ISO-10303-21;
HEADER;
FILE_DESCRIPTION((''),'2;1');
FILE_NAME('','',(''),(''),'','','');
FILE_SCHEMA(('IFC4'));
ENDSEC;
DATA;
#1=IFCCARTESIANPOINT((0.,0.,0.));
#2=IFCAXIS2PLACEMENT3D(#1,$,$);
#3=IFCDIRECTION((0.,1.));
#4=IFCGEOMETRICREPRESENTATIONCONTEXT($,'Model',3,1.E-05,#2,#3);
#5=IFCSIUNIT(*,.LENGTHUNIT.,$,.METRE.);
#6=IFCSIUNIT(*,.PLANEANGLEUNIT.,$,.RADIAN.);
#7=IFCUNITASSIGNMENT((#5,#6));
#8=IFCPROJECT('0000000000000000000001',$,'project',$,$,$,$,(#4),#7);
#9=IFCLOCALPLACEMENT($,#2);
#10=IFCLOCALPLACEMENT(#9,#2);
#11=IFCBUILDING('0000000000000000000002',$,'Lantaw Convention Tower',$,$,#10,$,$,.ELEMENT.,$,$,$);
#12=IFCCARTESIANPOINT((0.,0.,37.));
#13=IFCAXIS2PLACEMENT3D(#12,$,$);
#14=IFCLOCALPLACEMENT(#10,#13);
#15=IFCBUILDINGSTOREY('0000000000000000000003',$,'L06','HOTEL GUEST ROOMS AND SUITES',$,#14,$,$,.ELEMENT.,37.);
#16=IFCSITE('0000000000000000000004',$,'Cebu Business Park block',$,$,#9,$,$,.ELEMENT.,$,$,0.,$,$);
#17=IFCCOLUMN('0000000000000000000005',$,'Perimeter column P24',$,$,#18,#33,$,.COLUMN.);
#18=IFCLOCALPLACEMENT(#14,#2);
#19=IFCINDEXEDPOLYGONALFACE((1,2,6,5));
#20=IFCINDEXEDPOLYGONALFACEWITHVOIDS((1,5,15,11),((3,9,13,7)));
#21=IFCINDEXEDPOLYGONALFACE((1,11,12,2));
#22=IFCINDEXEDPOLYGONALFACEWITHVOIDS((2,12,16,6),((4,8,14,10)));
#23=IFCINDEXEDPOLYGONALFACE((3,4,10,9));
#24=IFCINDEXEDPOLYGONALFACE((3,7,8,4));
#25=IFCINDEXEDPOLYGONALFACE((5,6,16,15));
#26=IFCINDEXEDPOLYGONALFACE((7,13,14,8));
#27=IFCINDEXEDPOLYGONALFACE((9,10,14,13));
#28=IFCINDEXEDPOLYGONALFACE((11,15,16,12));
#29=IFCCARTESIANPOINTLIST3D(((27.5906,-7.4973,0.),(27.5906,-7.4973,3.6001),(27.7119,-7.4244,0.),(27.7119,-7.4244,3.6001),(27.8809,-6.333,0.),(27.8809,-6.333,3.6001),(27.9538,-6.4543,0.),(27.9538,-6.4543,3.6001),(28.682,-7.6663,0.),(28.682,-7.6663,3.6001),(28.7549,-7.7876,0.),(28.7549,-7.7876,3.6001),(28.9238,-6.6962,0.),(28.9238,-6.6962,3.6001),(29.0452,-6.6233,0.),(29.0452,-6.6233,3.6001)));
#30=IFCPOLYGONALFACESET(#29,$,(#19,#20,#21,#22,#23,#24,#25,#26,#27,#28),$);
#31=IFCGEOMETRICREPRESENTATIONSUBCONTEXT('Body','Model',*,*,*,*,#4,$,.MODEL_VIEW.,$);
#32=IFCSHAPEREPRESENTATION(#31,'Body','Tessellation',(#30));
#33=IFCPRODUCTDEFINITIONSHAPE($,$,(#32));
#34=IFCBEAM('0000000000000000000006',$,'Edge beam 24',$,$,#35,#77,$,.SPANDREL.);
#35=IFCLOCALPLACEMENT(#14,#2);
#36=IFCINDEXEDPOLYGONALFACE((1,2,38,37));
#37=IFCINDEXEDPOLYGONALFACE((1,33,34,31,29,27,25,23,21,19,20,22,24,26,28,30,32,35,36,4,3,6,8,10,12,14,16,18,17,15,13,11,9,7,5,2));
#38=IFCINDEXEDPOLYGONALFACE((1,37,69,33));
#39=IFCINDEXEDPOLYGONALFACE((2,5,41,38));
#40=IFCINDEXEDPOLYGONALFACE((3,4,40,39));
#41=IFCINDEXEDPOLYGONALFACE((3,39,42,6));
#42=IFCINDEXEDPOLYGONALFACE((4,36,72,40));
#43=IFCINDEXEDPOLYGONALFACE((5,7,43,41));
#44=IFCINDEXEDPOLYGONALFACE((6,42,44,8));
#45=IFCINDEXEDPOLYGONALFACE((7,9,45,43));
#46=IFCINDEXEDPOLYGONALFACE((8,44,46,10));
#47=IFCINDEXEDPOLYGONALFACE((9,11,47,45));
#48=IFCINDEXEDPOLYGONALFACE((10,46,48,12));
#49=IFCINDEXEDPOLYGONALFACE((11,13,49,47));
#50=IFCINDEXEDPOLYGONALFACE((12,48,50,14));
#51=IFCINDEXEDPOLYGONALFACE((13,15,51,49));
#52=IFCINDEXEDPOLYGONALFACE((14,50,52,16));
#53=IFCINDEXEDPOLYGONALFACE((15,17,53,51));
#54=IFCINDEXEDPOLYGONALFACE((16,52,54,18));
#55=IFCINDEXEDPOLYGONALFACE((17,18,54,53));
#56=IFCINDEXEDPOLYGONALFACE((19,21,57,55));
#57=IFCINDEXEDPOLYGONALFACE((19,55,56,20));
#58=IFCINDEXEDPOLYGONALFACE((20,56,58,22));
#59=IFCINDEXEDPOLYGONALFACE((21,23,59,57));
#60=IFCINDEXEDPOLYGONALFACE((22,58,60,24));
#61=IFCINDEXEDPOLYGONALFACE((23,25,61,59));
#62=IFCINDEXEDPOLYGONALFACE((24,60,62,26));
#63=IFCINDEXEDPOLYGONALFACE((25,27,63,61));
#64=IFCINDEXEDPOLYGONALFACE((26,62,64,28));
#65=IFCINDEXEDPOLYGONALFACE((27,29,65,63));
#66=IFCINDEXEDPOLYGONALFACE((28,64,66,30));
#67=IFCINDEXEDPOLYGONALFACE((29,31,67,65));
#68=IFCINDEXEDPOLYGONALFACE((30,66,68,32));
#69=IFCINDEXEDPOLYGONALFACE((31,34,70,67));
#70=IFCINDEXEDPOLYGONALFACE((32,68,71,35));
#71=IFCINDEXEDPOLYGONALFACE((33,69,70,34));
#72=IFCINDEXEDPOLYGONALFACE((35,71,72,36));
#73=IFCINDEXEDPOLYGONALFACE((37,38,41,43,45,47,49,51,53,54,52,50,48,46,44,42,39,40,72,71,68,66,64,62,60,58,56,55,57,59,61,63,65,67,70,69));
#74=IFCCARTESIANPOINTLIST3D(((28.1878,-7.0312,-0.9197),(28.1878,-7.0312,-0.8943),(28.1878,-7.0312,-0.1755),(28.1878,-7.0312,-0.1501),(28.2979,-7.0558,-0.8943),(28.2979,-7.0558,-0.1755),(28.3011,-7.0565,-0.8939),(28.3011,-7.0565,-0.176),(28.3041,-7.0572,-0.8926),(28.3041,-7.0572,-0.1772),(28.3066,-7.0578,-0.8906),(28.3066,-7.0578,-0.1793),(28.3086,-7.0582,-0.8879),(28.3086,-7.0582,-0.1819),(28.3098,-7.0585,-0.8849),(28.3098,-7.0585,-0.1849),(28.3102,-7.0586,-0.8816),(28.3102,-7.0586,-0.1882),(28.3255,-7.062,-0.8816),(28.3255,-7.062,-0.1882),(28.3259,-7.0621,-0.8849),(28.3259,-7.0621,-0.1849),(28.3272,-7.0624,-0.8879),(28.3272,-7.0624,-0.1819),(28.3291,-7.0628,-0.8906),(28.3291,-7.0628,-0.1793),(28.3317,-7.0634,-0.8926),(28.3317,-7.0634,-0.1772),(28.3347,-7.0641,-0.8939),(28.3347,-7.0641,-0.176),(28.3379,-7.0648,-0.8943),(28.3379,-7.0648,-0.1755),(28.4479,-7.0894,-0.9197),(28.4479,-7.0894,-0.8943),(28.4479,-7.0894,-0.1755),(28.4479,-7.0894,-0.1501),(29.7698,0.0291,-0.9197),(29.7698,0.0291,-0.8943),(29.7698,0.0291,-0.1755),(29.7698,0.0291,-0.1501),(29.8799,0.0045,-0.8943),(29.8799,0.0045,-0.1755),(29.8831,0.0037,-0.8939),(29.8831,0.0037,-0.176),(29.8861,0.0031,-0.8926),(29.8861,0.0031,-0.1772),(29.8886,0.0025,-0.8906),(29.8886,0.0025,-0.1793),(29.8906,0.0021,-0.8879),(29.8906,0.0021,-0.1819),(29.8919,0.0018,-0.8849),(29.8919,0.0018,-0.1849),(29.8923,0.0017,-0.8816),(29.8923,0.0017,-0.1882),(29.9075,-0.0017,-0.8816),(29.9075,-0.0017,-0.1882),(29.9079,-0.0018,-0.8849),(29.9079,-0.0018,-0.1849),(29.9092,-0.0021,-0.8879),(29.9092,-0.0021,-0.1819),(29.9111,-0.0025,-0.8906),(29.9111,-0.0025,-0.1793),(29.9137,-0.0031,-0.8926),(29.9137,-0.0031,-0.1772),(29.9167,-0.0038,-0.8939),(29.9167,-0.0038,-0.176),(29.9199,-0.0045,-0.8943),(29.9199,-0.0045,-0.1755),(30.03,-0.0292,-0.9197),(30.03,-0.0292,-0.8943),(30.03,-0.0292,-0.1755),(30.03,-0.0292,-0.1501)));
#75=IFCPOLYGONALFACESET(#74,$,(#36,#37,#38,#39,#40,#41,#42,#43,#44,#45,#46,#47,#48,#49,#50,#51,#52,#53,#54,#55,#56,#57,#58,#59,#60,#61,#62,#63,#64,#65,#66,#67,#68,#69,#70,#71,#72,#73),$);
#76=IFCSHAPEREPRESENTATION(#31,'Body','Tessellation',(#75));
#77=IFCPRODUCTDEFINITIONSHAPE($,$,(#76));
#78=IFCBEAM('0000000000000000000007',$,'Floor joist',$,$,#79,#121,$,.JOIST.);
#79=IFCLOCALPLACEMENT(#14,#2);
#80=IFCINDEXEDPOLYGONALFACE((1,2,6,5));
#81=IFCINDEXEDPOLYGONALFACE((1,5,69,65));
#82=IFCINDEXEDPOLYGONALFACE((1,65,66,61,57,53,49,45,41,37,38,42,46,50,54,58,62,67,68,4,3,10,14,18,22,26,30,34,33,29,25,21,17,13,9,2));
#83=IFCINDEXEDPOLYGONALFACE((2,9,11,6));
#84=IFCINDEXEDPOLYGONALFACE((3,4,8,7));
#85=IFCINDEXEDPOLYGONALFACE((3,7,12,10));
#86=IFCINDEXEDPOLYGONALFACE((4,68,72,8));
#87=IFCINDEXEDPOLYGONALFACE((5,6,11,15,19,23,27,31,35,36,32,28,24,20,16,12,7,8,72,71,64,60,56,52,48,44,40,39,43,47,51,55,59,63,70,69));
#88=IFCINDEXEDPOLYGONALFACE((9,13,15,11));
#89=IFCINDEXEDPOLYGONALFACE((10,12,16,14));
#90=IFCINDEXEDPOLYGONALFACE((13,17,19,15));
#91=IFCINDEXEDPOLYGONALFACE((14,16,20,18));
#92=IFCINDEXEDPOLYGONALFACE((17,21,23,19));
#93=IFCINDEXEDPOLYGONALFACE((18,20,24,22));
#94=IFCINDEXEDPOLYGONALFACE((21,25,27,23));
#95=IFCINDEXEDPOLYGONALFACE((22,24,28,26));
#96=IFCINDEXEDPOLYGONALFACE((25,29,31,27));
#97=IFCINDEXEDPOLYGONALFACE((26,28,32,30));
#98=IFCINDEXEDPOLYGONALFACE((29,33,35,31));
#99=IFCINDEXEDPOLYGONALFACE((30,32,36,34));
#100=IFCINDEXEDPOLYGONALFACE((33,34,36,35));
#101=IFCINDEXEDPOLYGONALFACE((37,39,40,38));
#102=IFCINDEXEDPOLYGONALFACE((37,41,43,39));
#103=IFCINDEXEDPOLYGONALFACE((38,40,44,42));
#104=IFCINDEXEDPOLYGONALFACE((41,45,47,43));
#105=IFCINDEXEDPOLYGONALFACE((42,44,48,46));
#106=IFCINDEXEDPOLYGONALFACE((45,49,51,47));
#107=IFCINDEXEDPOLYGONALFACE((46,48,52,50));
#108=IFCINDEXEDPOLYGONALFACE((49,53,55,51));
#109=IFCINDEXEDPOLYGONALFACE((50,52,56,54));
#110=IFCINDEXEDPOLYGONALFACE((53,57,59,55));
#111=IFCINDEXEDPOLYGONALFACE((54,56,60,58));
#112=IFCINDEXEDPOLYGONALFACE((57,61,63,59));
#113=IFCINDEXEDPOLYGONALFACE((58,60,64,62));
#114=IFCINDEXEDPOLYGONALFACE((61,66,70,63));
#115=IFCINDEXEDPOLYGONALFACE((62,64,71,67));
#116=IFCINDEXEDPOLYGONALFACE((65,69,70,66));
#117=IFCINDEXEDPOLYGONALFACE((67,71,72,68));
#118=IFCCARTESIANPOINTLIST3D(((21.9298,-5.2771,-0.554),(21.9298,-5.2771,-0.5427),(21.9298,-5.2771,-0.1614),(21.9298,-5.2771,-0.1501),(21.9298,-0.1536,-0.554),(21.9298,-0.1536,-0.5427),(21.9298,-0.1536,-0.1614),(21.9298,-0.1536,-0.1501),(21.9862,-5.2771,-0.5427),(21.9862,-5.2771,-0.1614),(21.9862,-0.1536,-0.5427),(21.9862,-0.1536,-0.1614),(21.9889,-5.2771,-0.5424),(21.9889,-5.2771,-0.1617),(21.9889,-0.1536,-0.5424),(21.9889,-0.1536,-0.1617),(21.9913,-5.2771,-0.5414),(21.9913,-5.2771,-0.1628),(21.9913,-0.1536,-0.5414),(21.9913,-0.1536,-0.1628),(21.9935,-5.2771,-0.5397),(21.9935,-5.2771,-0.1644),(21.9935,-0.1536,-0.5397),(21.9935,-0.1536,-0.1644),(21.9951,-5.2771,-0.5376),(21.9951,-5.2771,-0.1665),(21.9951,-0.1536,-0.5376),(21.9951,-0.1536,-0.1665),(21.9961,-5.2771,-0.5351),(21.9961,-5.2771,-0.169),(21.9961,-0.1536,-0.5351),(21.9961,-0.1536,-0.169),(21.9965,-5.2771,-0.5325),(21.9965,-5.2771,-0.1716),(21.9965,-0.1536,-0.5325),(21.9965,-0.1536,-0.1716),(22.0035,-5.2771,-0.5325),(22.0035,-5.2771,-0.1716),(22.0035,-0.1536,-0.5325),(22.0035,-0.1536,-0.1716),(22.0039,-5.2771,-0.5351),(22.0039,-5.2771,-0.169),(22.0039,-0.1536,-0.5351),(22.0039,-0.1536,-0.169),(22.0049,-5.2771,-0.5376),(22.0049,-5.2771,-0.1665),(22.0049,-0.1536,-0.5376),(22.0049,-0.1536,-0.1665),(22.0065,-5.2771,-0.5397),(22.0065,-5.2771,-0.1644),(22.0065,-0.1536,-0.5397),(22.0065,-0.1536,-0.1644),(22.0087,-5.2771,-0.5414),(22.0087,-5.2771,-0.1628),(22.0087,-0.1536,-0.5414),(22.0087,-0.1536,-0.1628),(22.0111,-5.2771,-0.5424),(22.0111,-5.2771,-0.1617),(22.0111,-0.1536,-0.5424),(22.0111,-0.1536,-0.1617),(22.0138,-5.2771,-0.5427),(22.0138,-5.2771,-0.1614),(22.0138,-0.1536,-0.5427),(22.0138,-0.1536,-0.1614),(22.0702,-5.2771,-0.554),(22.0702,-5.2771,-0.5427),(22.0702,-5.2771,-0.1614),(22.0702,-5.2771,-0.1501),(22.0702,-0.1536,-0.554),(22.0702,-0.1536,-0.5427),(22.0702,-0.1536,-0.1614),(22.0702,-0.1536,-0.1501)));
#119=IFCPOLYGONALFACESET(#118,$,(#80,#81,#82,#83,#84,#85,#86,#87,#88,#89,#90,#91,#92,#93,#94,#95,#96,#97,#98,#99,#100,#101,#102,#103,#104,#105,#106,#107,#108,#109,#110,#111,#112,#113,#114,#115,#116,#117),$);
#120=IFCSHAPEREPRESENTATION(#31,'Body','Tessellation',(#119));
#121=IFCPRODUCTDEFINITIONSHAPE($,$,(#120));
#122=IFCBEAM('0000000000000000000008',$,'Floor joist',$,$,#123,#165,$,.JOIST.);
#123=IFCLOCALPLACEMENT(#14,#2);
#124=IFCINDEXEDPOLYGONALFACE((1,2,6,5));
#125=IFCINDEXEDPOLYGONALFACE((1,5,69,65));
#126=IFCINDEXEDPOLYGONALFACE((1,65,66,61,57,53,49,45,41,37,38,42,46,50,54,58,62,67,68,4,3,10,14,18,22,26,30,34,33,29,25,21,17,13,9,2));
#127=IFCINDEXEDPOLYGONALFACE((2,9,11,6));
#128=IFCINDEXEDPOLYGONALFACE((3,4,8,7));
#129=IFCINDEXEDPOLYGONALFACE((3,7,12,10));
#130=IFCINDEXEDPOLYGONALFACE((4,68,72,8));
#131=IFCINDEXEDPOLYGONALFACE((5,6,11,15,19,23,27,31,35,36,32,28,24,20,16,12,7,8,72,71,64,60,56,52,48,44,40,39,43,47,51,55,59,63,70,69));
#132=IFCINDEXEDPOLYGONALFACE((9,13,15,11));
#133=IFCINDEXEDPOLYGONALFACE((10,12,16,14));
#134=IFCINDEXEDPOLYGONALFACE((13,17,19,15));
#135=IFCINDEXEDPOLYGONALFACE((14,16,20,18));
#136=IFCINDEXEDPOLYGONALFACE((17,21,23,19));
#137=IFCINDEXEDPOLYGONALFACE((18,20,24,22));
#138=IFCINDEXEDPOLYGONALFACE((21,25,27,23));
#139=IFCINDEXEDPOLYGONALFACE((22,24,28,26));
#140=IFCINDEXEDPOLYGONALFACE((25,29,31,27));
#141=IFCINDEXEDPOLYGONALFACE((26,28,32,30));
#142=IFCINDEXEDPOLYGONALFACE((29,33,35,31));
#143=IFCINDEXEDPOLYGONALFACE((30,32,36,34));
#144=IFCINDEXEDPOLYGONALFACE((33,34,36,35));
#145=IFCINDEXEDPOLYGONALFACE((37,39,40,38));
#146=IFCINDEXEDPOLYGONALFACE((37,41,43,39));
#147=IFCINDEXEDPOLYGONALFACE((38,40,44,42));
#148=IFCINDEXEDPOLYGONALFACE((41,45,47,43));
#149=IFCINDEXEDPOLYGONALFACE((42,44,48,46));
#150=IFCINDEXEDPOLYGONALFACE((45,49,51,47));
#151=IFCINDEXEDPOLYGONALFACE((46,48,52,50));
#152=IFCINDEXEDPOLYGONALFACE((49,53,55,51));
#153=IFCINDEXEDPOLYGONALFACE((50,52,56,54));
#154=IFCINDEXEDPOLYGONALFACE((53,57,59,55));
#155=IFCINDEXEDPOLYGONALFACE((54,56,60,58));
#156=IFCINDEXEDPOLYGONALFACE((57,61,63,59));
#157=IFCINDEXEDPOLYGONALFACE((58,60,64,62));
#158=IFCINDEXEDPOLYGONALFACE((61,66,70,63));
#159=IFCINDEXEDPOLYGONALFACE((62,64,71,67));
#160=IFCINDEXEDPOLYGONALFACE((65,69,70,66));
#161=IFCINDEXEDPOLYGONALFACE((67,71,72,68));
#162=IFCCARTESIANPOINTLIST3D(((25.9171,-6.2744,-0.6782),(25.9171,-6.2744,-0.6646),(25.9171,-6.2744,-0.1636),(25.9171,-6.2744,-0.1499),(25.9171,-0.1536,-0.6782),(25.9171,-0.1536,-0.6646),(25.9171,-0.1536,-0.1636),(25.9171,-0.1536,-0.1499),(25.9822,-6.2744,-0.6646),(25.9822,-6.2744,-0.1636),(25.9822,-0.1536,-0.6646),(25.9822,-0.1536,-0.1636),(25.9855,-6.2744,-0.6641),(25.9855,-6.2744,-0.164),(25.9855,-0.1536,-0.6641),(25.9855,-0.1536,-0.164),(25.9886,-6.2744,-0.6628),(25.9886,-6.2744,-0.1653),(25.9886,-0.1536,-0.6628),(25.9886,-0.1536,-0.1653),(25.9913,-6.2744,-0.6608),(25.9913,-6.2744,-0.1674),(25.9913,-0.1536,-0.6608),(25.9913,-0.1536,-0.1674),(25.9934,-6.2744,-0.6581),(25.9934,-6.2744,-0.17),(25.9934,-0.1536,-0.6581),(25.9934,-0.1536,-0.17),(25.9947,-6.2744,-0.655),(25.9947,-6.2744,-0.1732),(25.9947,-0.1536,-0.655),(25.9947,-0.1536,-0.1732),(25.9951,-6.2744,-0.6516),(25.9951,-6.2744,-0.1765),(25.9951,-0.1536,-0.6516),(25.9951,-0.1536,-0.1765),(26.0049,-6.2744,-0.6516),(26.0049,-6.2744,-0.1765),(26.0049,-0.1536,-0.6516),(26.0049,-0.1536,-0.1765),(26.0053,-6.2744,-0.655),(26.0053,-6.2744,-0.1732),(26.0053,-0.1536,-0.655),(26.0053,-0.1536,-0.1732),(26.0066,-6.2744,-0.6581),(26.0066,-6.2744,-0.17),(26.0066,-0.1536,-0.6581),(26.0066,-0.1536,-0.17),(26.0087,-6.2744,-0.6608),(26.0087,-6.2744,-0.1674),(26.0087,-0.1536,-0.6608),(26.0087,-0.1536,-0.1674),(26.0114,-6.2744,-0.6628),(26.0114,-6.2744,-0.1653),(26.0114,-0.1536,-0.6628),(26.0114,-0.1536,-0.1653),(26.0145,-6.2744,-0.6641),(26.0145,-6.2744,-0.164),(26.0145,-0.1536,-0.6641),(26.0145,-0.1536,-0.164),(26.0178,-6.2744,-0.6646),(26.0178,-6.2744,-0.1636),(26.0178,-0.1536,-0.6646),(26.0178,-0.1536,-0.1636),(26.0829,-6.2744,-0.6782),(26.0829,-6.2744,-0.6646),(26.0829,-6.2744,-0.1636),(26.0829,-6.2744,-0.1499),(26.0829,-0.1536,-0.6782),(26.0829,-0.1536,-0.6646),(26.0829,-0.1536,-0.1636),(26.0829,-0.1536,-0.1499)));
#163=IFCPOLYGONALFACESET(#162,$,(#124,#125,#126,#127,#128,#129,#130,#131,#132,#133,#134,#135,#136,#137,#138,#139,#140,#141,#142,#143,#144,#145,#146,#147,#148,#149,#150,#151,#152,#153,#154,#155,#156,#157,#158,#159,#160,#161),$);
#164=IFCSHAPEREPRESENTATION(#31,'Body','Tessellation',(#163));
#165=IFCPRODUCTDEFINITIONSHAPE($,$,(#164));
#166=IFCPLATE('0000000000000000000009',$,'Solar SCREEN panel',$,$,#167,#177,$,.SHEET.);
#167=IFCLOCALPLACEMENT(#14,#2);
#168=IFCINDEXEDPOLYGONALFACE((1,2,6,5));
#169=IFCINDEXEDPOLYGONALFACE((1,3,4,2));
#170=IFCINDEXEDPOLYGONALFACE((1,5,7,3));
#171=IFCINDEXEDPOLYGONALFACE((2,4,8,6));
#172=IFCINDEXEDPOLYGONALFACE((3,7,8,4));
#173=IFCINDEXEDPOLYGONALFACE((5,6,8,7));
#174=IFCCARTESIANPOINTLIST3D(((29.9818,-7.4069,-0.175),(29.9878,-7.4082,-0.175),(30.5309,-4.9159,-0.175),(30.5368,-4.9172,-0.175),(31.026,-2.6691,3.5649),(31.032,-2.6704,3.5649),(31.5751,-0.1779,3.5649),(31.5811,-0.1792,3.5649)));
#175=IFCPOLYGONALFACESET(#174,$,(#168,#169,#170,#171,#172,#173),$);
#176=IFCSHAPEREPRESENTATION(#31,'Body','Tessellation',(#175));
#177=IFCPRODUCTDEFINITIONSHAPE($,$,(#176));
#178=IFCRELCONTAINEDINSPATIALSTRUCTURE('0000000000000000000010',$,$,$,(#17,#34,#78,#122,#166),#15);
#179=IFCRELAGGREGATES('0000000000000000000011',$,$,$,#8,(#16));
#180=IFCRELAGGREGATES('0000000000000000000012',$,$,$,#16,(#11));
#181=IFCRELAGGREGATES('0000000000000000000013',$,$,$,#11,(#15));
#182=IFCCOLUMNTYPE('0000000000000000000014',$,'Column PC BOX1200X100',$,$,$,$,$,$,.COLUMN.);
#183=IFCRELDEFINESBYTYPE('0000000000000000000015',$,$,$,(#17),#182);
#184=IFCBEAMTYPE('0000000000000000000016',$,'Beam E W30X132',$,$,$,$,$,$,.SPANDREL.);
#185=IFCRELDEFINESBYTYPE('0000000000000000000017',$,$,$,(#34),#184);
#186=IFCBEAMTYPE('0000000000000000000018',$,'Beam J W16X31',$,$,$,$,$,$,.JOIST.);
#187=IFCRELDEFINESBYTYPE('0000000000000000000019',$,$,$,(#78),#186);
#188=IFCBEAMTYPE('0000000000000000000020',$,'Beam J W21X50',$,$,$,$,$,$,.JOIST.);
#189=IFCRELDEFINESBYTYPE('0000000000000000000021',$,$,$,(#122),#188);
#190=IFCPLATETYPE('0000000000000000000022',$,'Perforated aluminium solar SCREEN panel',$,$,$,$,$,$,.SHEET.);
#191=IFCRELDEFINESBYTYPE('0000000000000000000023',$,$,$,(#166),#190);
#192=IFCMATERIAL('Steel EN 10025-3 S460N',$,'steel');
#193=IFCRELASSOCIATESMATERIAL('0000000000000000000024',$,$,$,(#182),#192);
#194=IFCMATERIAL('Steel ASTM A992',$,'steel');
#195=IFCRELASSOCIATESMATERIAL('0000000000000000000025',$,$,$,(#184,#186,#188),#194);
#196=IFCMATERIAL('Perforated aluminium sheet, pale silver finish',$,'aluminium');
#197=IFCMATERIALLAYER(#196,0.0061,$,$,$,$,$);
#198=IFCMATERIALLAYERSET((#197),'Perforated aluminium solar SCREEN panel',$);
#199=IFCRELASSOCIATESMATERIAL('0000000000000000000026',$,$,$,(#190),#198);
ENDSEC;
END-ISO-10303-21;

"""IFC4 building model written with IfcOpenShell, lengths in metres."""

from ifc_helpers import new_model, si_unit, direction, frame, origin, origin_2d, place, context, subcontext, project, spatial, polyline, rectangle, hollow_rectangle, i_section, outline, extrude, material, layer, layer_set, material_profile, profile_set, type_object, element, save


model = new_model("IFC4")

# Units and contexts
model_context = context("Model", 3, precision=1e-05, world=origin(), true_north=direction((0.0, 1.0)))
body_context = subcontext(model_context, "Body", "Model", "MODEL_VIEW")
ifc_project = project(units=[si_unit("LENGTHUNIT", "METRE"), si_unit("PLANEANGLEUNIT", "RADIAN")], contexts=[model_context])

# Site, building, storey
site_placement = place(None, origin())
site = spatial("IfcSite", under=ifc_project, at=site_placement, Name="Cebu Business Park block", CompositionType="ELEMENT", RefElevation=0.0)
building_placement = place(site_placement, origin())
building = spatial("IfcBuilding", under=site, at=building_placement, Name="Lantaw Convention Tower", CompositionType="ELEMENT")
storey_placement = place(building_placement, frame((0.0, 0.0, 37.0)))
storey = spatial("IfcBuildingStorey", under=building, at=storey_placement, Name="L06", Description="HOTEL GUEST ROOMS AND SUITES", CompositionType="ELEMENT", Elevation=37.0)

# Column
ifc_material_1 = material(Name="Steel EN 10025-3 S460N", Category="steel")
ifc_material_profile_1 = material_profile(ifc_material_1, hollow_rectangle(XDim=1.2, YDim=1.2, WallThickness=0.1001, at=origin_2d()), Name="BOX1200X100")
ifc_material_2 = material(Name="Concrete C60/75", Category="concrete")
ifc_material_profile_2 = material_profile(ifc_material_2, rectangle(XDim=1.0, YDim=1.0, at=origin_2d()), Name="Concrete fill of BOX1200X100")
ifc_profile_set_1 = profile_set([ifc_material_profile_1, ifc_material_profile_2], Name="Steel EN 10025-3 S460N")
column_type = type_object("IfcColumnType", Name="Column PC BOX1200X100", PredefinedType="COLUMN", material=ifc_profile_set_1)
column_placement = place(storey_placement, frame((28.3179, -7.0603, 0.0), z_axis=(0.0, 0.0, 1.0), x_axis=(0.241922, 0.970296, 0.0)))
element("IfcColumn", 1, at=column_placement, inside=storey, type_object=column_type, Name="Perimeter column P24", PredefinedType="COLUMN", context=body_context, shape_type="SweptSolid", body=[
    extrude(hollow_rectangle(XDim=1.2, YDim=1.2, WallThickness=0.1001, at=origin_2d()), origin(), (0.0, 0.0, 1.0), 3.6001),
])

# Beams
ifc_material_3 = material(Name="Steel ASTM A992", Category="steel")
ifc_material_profile_3 = material_profile(ifc_material_3, i_section(OverallWidth=0.2666, OverallDepth=0.7695, WebThickness=0.0156, FlangeThickness=0.0254, FilletRadius=0.0127, at=origin_2d()), Name="W30X132")
ifc_profile_set_2 = profile_set([ifc_material_profile_3], Name="Steel ASTM A992")
beam_type_1 = type_object("IfcBeamType", Name="Beam E W30X132", PredefinedType="SPANDREL", material=ifc_profile_set_2)
beam_1_placement = place(storey_placement, frame((28.3179, -7.0603, -0.5349), z_axis=(0.218652, 0.975803, 0.0), x_axis=(-0.975803, 0.218652, 0.0)))
element("IfcBeam", 2, at=beam_1_placement, inside=storey, type_object=beam_type_1, Name="Edge beam 24", PredefinedType="SPANDREL", context=body_context, shape_type="SweptSolid", body=[
    extrude(i_section(OverallWidth=0.2666, OverallDepth=0.7695, WebThickness=0.0156, FlangeThickness=0.0254, FilletRadius=0.0127, at=origin_2d()), origin(), (0.0, 0.0, 1.0), 7.2354),
])
ifc_material_profile_4 = material_profile(ifc_material_3, i_section(OverallWidth=0.1404, OverallDepth=0.4038, WebThickness=0.0071, FlangeThickness=0.0112, FilletRadius=0.0103, at=origin_2d()), Name="W16X31")
ifc_profile_set_3 = profile_set([ifc_material_profile_4], Name="Steel ASTM A992")
beam_type_2 = type_object("IfcBeamType", Name="Beam J W16X31", PredefinedType="JOIST", material=ifc_profile_set_3)
beam_2_placement = place(storey_placement, frame((22.0, -5.2771, -0.3521), z_axis=(0.0, 1.0, 0.0), x_axis=(-1.0, 0.0, 0.0)))
element("IfcBeam", 3, at=beam_2_placement, inside=storey, type_object=beam_type_2, Name="Floor joist", PredefinedType="JOIST", context=body_context, shape_type="SweptSolid", body=[
    extrude(i_section(OverallWidth=0.1404, OverallDepth=0.4038, WebThickness=0.0071, FlangeThickness=0.0112, FilletRadius=0.0103, at=origin_2d()), origin(), (0.0, 0.0, 1.0), 5.1235),
])
ifc_material_profile_5 = material_profile(ifc_material_3, i_section(OverallWidth=0.1658, OverallDepth=0.5283, WebThickness=0.0098, FlangeThickness=0.0137, FilletRadius=0.0129, at=origin_2d()), Name="W21X50")
ifc_profile_set_4 = profile_set([ifc_material_profile_5], Name="Steel ASTM A992")
beam_type_3 = type_object("IfcBeamType", Name="Beam J W21X50", PredefinedType="JOIST", material=ifc_profile_set_4)
beam_3_placement = place(storey_placement, frame((26.0, -6.2744, -0.4141), z_axis=(0.0, 1.0, 0.0), x_axis=(-1.0, 0.0, 0.0)))
element("IfcBeam", 4, at=beam_3_placement, inside=storey, type_object=beam_type_3, Name="Floor joist", PredefinedType="JOIST", context=body_context, shape_type="SweptSolid", body=[
    extrude(i_section(OverallWidth=0.1658, OverallDepth=0.5283, WebThickness=0.0098, FlangeThickness=0.0137, FilletRadius=0.0129, at=origin_2d()), origin(), (0.0, 0.0, 1.0), 6.1208),
])

# Plate
ifc_material_4 = material(Name="Perforated aluminium sheet, pale silver finish", Category="aluminium")
ifc_layer_1 = layer(ifc_material_4, 0.0061)
ifc_layer_set_1 = layer_set([ifc_layer_1], Name="Perforated aluminium solar SCREEN panel")
plate_type = type_object("IfcPlateType", Name="Perforated aluminium solar SCREEN panel", PredefinedType="SHEET", material=ifc_layer_set_1)
plate_placement = place(storey_placement, frame((29.9878, -7.4082, -0.175), z_axis=(0.976559, -0.215248, 0.00003), x_axis=(0.215248, 0.976559, 0.0)))
element("IfcPlate", 5, at=plate_placement, inside=storey, type_object=plate_type, Name="Solar SCREEN panel", PredefinedType="SHEET", context=body_context, shape_type="SweptSolid", body=[
    extrude(outline(polyline([(0.0, 0.0), (2.5508, 0.0), (7.4025, 3.74), (4.8515, 3.74), (0.0, 0.0)])), origin(), (0.0, 0.0, -1.0), 0.0061),
])

save(model, "model.ifc")
